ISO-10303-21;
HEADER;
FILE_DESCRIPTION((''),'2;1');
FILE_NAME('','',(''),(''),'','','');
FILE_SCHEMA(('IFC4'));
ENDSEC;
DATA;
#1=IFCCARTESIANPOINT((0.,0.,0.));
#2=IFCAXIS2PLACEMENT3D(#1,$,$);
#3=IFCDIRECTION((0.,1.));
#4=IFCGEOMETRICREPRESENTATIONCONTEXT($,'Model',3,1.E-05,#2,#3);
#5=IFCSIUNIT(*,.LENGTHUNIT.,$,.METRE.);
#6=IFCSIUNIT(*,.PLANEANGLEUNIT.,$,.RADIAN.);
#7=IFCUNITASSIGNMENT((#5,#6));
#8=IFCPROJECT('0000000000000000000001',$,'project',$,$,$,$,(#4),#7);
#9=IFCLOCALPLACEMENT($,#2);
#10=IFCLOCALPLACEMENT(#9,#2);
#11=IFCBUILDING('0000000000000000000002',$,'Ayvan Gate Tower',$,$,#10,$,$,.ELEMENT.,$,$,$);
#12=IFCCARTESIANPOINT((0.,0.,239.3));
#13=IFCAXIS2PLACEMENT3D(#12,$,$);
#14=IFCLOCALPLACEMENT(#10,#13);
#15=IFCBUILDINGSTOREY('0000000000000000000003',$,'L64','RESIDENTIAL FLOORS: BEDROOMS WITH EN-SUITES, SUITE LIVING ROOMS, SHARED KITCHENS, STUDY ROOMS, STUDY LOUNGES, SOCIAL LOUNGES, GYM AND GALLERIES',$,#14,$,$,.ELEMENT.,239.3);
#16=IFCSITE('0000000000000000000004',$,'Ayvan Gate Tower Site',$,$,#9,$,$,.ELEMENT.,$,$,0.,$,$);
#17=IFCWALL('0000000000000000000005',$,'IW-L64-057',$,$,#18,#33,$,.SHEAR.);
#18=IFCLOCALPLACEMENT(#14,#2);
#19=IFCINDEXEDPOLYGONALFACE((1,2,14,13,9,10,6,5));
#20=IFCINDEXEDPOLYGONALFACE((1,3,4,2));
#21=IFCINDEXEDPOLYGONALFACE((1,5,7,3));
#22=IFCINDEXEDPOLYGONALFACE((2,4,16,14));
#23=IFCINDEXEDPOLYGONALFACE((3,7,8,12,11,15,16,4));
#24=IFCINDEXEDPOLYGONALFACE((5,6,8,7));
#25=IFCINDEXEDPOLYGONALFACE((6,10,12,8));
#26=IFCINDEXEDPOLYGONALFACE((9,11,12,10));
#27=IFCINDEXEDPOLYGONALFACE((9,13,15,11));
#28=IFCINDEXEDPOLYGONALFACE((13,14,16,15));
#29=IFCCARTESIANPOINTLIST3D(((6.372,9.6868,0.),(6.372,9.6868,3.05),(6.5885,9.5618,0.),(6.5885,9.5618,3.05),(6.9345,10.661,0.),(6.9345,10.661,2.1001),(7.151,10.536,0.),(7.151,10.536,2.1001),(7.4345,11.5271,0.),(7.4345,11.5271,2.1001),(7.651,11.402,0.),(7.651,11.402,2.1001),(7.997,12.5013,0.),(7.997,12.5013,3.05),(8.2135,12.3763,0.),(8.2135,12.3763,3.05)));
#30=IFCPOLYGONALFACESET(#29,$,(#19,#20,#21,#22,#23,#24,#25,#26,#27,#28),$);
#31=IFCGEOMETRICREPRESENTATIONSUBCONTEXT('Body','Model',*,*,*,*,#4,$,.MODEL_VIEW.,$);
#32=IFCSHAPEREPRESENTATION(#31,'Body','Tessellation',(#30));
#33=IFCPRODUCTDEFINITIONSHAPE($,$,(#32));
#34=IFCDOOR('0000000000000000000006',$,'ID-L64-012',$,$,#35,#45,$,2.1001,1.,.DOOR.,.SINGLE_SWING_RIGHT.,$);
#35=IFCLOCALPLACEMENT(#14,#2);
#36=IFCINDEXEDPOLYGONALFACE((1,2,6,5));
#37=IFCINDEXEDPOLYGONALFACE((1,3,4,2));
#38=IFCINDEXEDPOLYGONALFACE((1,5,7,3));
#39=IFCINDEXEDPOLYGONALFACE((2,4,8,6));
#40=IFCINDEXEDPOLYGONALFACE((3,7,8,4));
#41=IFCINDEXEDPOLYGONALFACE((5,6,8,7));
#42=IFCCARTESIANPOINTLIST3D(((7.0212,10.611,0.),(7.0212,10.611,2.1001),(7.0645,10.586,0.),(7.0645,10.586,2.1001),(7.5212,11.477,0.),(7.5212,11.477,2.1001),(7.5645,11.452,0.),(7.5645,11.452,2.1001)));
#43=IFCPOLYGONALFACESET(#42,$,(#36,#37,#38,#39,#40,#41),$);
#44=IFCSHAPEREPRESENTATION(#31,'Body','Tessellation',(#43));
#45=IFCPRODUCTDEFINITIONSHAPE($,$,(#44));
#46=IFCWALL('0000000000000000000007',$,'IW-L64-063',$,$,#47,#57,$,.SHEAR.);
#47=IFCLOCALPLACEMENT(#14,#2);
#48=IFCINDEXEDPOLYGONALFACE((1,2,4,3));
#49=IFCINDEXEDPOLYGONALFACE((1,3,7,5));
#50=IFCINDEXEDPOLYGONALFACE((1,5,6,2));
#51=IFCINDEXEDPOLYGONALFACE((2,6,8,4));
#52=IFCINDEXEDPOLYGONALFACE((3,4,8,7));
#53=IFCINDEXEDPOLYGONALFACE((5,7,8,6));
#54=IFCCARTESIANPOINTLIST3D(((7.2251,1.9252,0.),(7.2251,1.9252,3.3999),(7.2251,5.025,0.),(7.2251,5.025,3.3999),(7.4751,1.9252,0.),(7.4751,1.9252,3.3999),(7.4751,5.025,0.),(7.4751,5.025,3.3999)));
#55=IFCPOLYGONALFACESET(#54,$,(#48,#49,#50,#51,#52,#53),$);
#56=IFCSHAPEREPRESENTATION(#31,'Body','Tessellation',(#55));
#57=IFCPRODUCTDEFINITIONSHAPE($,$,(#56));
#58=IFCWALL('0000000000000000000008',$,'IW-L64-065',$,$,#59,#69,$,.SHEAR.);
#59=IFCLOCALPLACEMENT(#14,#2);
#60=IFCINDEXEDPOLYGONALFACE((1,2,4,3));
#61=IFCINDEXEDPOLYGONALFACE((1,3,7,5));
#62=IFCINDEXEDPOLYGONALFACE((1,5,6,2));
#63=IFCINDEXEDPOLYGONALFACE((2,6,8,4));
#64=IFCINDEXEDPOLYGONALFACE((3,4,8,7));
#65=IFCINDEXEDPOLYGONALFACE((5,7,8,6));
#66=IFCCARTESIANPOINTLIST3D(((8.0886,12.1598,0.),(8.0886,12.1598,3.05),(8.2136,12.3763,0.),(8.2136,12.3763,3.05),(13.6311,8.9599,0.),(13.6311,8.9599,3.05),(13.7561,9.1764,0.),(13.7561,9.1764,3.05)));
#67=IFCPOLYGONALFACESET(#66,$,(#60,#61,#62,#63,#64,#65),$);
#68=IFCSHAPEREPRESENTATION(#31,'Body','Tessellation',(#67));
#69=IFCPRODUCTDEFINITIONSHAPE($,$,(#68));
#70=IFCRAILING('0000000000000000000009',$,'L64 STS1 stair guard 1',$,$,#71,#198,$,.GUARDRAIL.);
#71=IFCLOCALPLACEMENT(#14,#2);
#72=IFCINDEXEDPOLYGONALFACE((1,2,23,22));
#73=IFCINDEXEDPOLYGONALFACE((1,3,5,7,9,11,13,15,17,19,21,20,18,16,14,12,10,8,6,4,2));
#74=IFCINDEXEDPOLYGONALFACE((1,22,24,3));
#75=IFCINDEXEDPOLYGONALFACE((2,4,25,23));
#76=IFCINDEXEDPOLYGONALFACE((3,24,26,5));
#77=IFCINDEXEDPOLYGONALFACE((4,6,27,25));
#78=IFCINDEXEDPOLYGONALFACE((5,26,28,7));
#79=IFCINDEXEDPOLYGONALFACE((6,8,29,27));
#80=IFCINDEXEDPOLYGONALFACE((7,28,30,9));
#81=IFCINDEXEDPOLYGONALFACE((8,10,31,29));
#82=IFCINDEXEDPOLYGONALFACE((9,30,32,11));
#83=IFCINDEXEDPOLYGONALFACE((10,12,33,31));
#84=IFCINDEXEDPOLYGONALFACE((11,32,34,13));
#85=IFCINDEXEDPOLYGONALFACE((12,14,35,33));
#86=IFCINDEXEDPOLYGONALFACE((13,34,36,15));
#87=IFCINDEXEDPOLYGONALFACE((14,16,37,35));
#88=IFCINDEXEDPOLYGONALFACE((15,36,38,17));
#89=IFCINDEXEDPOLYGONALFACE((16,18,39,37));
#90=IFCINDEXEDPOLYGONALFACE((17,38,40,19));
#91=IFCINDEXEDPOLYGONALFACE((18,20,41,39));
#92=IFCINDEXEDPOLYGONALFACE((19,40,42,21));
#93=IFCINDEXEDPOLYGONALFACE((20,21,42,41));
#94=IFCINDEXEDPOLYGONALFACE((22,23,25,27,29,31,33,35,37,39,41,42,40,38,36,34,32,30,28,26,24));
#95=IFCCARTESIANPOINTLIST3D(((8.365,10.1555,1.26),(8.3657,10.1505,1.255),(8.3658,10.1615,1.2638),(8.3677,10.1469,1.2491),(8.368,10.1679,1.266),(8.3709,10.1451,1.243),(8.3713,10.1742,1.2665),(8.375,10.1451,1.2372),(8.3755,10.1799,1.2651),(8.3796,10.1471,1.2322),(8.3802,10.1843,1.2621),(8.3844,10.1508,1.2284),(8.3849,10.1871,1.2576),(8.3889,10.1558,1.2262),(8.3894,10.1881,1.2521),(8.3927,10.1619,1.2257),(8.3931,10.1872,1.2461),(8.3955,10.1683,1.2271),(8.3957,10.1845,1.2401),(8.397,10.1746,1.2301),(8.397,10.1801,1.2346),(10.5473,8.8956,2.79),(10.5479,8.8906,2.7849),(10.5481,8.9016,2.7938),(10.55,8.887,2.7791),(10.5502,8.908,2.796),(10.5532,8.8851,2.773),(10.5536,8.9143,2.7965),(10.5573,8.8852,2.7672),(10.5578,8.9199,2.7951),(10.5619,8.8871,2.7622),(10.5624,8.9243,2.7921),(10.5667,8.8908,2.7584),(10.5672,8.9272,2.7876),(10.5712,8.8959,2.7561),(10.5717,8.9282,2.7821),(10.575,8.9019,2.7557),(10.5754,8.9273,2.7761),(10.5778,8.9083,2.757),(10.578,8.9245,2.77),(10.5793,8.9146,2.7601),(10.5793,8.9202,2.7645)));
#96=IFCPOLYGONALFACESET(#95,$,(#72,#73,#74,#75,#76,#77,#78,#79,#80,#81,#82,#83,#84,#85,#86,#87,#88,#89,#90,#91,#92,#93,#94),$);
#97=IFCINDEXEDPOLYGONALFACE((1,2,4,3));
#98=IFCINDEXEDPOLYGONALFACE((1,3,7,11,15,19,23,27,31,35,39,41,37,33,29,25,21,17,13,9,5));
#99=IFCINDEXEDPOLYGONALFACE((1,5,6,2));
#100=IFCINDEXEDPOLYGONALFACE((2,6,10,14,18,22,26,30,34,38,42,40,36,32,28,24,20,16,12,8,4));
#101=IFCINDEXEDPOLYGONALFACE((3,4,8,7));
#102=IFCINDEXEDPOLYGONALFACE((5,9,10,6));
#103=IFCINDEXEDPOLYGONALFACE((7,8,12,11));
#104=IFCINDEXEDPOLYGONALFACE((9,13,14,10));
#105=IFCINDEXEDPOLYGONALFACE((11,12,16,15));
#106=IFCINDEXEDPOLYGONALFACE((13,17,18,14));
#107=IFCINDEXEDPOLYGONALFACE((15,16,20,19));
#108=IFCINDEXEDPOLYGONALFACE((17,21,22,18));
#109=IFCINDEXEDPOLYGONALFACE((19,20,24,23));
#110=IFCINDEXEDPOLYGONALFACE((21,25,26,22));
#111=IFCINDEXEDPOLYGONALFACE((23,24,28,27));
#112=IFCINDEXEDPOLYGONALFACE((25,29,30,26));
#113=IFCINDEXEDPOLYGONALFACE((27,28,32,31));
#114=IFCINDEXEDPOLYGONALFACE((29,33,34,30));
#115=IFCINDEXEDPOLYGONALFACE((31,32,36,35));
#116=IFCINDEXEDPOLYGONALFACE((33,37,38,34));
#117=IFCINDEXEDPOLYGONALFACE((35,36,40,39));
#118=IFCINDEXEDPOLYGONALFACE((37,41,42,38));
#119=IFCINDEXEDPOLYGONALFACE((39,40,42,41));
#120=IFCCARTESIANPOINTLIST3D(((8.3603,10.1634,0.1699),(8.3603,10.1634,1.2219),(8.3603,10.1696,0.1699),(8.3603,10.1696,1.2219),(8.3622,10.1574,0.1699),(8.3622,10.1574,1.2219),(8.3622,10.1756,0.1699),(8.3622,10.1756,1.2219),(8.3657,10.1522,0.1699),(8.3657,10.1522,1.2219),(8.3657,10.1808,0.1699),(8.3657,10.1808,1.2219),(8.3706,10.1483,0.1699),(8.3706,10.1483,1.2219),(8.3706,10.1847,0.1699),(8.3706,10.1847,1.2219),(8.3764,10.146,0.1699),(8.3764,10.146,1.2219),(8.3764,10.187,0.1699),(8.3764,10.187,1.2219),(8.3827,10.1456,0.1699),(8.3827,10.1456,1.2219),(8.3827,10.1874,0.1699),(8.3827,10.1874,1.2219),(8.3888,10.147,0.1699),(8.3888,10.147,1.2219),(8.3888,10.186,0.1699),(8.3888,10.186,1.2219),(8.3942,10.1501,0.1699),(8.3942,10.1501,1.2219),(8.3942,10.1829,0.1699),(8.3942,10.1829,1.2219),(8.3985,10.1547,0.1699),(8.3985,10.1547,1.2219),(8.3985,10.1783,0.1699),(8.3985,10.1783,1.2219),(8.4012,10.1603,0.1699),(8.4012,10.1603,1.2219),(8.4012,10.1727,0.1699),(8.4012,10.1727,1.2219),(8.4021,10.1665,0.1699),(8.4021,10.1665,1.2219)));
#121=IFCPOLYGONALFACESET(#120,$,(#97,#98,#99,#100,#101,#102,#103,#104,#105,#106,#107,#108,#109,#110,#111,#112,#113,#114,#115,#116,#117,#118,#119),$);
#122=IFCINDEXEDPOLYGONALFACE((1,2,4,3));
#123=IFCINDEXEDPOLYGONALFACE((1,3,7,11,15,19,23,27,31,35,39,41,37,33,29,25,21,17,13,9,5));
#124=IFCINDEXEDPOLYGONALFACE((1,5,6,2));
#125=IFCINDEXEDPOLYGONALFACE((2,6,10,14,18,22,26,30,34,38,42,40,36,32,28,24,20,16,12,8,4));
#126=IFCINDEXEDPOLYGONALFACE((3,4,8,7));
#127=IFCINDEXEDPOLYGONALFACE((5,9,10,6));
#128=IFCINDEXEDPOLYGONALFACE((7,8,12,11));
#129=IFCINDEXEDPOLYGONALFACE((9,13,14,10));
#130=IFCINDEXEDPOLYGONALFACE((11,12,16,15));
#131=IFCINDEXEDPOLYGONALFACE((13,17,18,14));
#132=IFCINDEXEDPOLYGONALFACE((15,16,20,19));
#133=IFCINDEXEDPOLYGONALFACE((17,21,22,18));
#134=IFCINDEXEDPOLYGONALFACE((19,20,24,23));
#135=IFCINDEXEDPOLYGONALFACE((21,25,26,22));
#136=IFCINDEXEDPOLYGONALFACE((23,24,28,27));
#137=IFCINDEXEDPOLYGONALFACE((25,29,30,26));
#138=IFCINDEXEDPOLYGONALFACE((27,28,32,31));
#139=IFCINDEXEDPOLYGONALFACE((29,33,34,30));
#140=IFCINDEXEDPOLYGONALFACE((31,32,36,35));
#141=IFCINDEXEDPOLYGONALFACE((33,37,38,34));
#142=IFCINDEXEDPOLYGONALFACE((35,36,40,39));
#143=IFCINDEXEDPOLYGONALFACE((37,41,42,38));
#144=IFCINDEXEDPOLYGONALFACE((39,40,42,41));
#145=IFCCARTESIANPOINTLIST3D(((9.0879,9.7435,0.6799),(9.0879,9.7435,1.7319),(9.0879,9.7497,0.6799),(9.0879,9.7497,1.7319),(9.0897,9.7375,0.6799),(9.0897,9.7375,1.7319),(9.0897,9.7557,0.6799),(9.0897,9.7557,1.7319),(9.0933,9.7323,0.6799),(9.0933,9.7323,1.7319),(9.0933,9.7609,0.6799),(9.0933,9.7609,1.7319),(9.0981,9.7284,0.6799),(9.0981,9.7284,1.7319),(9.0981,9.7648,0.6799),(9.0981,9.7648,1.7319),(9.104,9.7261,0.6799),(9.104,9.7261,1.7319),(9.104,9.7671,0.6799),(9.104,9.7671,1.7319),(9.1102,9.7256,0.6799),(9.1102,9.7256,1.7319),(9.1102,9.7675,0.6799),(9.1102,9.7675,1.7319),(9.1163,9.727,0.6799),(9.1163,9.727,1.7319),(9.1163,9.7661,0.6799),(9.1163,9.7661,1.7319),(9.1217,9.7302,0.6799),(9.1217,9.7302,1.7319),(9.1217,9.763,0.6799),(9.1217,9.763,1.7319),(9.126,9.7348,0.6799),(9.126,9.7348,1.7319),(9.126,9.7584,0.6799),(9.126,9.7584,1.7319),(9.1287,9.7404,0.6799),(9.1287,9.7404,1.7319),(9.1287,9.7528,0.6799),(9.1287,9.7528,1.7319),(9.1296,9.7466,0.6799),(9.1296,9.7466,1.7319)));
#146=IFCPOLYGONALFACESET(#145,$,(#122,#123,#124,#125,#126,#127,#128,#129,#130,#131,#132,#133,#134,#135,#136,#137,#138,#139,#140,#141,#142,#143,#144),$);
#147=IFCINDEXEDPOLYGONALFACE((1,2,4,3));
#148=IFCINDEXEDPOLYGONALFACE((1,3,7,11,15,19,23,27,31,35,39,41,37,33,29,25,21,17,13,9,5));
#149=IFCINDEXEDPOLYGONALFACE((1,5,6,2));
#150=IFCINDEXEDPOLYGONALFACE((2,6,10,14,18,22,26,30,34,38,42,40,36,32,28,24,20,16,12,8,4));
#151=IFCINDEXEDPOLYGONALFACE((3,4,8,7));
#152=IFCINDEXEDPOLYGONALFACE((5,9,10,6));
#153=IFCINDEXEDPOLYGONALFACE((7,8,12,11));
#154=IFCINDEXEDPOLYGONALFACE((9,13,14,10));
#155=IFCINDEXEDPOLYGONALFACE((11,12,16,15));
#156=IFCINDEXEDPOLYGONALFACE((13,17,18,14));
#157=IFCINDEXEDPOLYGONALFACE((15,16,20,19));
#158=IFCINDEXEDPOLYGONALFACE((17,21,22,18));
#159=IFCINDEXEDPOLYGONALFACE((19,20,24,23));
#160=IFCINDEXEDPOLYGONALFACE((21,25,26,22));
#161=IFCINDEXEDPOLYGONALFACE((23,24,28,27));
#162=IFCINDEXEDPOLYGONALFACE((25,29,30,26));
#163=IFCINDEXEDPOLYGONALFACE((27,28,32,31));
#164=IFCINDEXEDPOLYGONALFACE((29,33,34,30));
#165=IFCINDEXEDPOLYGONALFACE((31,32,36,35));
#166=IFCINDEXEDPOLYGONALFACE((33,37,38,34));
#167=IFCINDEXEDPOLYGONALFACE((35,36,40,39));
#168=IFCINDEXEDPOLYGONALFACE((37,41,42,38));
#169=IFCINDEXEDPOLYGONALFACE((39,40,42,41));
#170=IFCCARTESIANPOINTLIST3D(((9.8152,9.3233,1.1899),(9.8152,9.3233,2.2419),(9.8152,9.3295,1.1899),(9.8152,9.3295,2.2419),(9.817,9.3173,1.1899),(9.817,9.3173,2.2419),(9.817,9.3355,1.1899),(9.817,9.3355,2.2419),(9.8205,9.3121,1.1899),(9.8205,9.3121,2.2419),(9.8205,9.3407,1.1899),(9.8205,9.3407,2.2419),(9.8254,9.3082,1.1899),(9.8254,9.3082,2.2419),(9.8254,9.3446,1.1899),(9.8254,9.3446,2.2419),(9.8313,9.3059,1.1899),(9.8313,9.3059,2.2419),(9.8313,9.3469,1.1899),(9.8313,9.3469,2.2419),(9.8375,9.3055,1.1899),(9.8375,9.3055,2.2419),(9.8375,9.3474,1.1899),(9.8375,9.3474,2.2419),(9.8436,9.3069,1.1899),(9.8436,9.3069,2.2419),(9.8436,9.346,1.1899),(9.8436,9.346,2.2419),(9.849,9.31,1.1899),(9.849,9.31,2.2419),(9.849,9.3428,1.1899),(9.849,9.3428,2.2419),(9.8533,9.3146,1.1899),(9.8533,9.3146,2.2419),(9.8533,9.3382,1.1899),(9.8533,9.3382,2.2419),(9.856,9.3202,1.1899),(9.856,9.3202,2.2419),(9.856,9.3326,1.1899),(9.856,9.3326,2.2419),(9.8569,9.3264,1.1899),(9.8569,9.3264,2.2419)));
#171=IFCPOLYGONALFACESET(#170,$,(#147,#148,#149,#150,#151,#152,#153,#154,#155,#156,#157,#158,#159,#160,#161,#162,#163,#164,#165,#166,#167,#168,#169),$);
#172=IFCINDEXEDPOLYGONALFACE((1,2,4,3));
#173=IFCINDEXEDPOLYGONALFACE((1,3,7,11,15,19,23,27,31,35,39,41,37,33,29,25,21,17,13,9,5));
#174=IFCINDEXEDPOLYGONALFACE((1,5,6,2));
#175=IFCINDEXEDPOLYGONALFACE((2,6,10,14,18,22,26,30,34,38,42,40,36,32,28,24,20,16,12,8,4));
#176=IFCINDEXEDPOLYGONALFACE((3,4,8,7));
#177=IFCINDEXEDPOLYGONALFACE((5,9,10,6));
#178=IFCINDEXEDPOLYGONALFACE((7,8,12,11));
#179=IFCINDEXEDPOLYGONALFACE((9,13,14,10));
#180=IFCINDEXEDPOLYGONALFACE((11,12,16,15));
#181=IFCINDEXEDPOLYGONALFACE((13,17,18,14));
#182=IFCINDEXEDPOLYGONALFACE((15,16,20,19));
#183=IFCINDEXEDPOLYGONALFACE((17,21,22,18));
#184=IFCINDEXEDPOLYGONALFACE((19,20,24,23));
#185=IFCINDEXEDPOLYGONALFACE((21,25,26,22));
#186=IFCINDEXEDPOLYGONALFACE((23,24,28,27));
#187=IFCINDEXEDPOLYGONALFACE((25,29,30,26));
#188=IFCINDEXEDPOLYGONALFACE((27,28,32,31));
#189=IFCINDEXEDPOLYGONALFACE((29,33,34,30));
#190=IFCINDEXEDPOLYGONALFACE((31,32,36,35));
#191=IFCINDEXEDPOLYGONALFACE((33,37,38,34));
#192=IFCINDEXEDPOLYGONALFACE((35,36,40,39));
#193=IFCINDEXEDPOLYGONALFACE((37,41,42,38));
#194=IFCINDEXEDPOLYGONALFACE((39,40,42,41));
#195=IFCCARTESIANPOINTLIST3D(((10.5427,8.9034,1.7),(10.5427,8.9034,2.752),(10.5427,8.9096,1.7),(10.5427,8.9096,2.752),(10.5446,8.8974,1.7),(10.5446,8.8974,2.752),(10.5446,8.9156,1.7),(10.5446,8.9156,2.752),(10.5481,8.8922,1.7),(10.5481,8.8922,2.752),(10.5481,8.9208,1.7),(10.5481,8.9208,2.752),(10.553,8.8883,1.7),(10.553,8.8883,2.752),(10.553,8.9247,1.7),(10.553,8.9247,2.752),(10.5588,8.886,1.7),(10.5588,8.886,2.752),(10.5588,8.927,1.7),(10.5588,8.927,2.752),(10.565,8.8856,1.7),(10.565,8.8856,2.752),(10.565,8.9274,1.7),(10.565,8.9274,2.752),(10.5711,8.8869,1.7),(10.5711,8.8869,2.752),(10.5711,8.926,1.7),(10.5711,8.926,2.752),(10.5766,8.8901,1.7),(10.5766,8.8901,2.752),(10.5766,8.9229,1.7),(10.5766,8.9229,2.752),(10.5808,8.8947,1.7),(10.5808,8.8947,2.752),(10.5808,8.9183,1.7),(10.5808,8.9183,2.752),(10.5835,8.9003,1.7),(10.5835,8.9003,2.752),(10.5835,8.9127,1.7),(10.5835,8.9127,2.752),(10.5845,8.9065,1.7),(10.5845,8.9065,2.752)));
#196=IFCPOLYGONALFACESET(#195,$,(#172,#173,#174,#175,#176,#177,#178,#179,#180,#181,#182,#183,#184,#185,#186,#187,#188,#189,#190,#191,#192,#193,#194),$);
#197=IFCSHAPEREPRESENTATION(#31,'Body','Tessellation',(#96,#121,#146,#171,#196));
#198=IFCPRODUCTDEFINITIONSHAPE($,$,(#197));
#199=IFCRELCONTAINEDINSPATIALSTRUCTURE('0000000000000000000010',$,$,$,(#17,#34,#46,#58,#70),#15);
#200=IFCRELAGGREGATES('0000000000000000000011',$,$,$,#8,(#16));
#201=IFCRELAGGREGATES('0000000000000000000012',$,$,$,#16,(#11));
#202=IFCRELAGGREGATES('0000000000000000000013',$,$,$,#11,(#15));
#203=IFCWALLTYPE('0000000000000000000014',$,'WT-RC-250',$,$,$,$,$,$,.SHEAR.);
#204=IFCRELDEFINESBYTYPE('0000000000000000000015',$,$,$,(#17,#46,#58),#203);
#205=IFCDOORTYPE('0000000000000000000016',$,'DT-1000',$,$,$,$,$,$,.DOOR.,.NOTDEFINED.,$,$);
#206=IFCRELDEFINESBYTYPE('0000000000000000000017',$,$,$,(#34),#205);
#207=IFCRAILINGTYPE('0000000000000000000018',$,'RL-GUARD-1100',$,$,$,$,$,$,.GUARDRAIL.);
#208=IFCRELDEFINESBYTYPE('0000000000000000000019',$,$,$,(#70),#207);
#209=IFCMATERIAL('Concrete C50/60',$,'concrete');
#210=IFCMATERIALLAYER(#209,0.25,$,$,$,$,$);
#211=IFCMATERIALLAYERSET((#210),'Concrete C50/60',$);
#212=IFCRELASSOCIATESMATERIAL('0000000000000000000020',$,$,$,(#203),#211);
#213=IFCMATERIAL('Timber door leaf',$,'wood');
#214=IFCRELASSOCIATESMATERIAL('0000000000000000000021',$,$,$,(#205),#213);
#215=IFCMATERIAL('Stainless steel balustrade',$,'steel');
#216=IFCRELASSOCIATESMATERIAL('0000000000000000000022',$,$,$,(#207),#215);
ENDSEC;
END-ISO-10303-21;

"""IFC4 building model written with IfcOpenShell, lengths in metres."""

from ifc_helpers import new_model, si_unit, direction, frame, frame_2d, origin, origin_2d, place, context, subcontext, project, spatial, rectangle, circle, extrude, material, layer, layer_set, type_object, element, fill, save


model = new_model("IFC4")

# Units and contexts
model_context = context("Model", 3, precision=1e-05, world=origin(), true_north=direction((0.0, 1.0)))
body_context = subcontext(model_context, "Body", "Model", "MODEL_VIEW")
ifc_project = project(units=[si_unit("LENGTHUNIT", "METRE"), si_unit("PLANEANGLEUNIT", "RADIAN")], contexts=[model_context])

# Site, building, storey
site_placement = place(None, origin())
site = spatial("IfcSite", under=ifc_project, at=site_placement, Name="Ayvan Gate Tower Site", CompositionType="ELEMENT", RefElevation=0.0)
building_placement = place(site_placement, origin())
building = spatial("IfcBuilding", under=site, at=building_placement, Name="Ayvan Gate Tower", CompositionType="ELEMENT")
storey_placement = place(building_placement, frame((0.0, 0.0, 239.3)))
storey = spatial("IfcBuildingStorey", under=building, at=storey_placement, Name="L64", Description="RESIDENTIAL FLOORS: BEDROOMS WITH EN-SUITES, SUITE LIVING ROOMS, SHARED KITCHENS, STUDY ROOMS, STUDY LOUNGES, SOCIAL LOUNGES, GYM AND GALLERIES", CompositionType="ELEMENT", Elevation=239.3)

# Shared definitions
ifc_material_1 = material(Name="Concrete C50/60", Category="concrete")

# Shared definitions
ifc_material_2 = material(Name="Timber door leaf", Category="wood")

# Shared definitions
ifc_layer_1 = layer(ifc_material_1, 0.25)
ifc_layer_set_1 = layer_set([ifc_layer_1], Name="Concrete C50/60")
wall_type_1 = type_object("IfcWallType", Name="WT-RC-250", PredefinedType="SHEAR", material=ifc_layer_set_1)

# Wall, opening, door
wall_1_placement = place(storey_placement, frame((6.4802, 9.6243, 0.0), z_axis=(0.0, 0.0, 1.0), x_axis=(0.500017, 0.866015, 0.0)))
wall_1 = element("IfcWall", 1, at=wall_1_placement, inside=storey, type_object=wall_type_1, Name="IW-L64-057", PredefinedType="SHEAR", context=body_context, shape_type="SweptSolid", body=[
    extrude(rectangle(XDim=3.25, YDim=0.25, at=frame_2d((1.625, 0.0))), origin(), (0.0, 0.0, 1.0), 3.05),
])
opening_1_placement = place(wall_1_placement, frame((1.125, 0.0, 0.0)))
opening_1 = element("IfcOpeningElement", 2, at=opening_1_placement, cuts=wall_1, PredefinedType="OPENING", context=body_context, shape_type="SweptSolid", body=[
    extrude(rectangle(XDim=1.0, YDim=2.1001, at=frame_2d((0.5, 1.05))), frame((0.0, 0.135, 0.0), z_axis=(0.0, -1.0, 0.0), x_axis=(1.0, 0.0, 0.0)), (0.0, 0.0, 1.0), 0.27),
])
door_type_1 = type_object("IfcDoorType", Name="DT-1000", OperationType="NOTDEFINED", PredefinedType="DOOR", material=ifc_material_2)
door_1_placement = place(opening_1_placement, origin())
door_1 = element("IfcDoor", 3, at=door_1_placement, inside=storey, type_object=door_type_1, Name="ID-L64-012", OperationType="SINGLE_SWING_RIGHT", OverallHeight=2.1001, OverallWidth=1.0, PredefinedType="DOOR", context=body_context, shape_type="SweptSolid", body=[
    extrude(rectangle(XDim=1.0, YDim=2.1001, at=frame_2d((0.5, 1.05))), frame((0.0, 0.0249, 0.0), z_axis=(0.0, -1.0, 0.0), x_axis=(1.0, 0.0, 0.0)), (0.0, 0.0, 1.0), 0.05),
])
fill(opening_1, door_1)

# Walls
wall_2_placement = place(storey_placement, frame((7.3501, 5.0249, 0.0), z_axis=(0.0, 0.0, 1.0), x_axis=(0.0, -1.0, 0.0)))
element("IfcWall", 4, at=wall_2_placement, inside=storey, type_object=wall_type_1, Name="IW-L64-063", PredefinedType="SHEAR", context=body_context, shape_type="SweptSolid", body=[
    extrude(rectangle(XDim=3.0999, YDim=0.25, at=frame_2d((1.5498, 0.0))), origin(), (0.0, 0.0, 1.0), 3.3999),
])
wall_3_placement = place(storey_placement, frame((8.1511, 12.2681, 0.0), z_axis=(0.0, 0.0, 1.0), x_axis=(0.866025, -0.5, 0.0)))
element("IfcWall", 5, at=wall_3_placement, inside=storey, type_object=wall_type_1, Name="IW-L64-065", PredefinedType="SHEAR", context=body_context, shape_type="SweptSolid", body=[
    extrude(rectangle(XDim=6.3999, YDim=0.25, at=frame_2d((3.2, 0.0))), origin(), (0.0, 0.0, 1.0), 3.05),
])

# Railing
ifc_material_3 = material(Name="Stainless steel balustrade", Category="steel")
railing_type_1 = type_object("IfcRailingType", Name="RL-GUARD-1100", PredefinedType="GUARDRAIL", material=ifc_material_3)
railing_1_placement = place(storey_placement, frame((8.3811, 10.1665, 0.1699)))
element("IfcRailing", 6, at=railing_1_placement, inside=storey, type_object=railing_type_1, Name="L64 STS1 stair guard 1", PredefinedType="GUARDRAIL", context=body_context, shape_type="SweptSolid", body=[
    extrude(circle(Radius=0.0239, at=origin_2d()), frame((0.0, 0.0, 1.0762), z_axis=(0.740261, -0.427395, 0.518986), x_axis=(0.500005, 0.866023, 0.0)), (0.0, 0.0, 1.0), 2.948),
    extrude(circle(Radius=0.021, at=origin_2d()), origin(), (0.0, 0.0, 1.0), 1.052),
    extrude(circle(Radius=0.021, at=origin_2d()), frame((0.7275, -0.4199, 0.51)), (0.0, 0.0, 1.0), 1.052),
    extrude(circle(Radius=0.021, at=origin_2d()), frame((1.4548, -0.8401, 1.02)), (0.0, 0.0, 1.0), 1.052),
    extrude(circle(Radius=0.021, at=origin_2d()), frame((2.1824, -1.26, 1.53)), (0.0, 0.0, 1.0), 1.052),
])

save(model, "model.ifc")
